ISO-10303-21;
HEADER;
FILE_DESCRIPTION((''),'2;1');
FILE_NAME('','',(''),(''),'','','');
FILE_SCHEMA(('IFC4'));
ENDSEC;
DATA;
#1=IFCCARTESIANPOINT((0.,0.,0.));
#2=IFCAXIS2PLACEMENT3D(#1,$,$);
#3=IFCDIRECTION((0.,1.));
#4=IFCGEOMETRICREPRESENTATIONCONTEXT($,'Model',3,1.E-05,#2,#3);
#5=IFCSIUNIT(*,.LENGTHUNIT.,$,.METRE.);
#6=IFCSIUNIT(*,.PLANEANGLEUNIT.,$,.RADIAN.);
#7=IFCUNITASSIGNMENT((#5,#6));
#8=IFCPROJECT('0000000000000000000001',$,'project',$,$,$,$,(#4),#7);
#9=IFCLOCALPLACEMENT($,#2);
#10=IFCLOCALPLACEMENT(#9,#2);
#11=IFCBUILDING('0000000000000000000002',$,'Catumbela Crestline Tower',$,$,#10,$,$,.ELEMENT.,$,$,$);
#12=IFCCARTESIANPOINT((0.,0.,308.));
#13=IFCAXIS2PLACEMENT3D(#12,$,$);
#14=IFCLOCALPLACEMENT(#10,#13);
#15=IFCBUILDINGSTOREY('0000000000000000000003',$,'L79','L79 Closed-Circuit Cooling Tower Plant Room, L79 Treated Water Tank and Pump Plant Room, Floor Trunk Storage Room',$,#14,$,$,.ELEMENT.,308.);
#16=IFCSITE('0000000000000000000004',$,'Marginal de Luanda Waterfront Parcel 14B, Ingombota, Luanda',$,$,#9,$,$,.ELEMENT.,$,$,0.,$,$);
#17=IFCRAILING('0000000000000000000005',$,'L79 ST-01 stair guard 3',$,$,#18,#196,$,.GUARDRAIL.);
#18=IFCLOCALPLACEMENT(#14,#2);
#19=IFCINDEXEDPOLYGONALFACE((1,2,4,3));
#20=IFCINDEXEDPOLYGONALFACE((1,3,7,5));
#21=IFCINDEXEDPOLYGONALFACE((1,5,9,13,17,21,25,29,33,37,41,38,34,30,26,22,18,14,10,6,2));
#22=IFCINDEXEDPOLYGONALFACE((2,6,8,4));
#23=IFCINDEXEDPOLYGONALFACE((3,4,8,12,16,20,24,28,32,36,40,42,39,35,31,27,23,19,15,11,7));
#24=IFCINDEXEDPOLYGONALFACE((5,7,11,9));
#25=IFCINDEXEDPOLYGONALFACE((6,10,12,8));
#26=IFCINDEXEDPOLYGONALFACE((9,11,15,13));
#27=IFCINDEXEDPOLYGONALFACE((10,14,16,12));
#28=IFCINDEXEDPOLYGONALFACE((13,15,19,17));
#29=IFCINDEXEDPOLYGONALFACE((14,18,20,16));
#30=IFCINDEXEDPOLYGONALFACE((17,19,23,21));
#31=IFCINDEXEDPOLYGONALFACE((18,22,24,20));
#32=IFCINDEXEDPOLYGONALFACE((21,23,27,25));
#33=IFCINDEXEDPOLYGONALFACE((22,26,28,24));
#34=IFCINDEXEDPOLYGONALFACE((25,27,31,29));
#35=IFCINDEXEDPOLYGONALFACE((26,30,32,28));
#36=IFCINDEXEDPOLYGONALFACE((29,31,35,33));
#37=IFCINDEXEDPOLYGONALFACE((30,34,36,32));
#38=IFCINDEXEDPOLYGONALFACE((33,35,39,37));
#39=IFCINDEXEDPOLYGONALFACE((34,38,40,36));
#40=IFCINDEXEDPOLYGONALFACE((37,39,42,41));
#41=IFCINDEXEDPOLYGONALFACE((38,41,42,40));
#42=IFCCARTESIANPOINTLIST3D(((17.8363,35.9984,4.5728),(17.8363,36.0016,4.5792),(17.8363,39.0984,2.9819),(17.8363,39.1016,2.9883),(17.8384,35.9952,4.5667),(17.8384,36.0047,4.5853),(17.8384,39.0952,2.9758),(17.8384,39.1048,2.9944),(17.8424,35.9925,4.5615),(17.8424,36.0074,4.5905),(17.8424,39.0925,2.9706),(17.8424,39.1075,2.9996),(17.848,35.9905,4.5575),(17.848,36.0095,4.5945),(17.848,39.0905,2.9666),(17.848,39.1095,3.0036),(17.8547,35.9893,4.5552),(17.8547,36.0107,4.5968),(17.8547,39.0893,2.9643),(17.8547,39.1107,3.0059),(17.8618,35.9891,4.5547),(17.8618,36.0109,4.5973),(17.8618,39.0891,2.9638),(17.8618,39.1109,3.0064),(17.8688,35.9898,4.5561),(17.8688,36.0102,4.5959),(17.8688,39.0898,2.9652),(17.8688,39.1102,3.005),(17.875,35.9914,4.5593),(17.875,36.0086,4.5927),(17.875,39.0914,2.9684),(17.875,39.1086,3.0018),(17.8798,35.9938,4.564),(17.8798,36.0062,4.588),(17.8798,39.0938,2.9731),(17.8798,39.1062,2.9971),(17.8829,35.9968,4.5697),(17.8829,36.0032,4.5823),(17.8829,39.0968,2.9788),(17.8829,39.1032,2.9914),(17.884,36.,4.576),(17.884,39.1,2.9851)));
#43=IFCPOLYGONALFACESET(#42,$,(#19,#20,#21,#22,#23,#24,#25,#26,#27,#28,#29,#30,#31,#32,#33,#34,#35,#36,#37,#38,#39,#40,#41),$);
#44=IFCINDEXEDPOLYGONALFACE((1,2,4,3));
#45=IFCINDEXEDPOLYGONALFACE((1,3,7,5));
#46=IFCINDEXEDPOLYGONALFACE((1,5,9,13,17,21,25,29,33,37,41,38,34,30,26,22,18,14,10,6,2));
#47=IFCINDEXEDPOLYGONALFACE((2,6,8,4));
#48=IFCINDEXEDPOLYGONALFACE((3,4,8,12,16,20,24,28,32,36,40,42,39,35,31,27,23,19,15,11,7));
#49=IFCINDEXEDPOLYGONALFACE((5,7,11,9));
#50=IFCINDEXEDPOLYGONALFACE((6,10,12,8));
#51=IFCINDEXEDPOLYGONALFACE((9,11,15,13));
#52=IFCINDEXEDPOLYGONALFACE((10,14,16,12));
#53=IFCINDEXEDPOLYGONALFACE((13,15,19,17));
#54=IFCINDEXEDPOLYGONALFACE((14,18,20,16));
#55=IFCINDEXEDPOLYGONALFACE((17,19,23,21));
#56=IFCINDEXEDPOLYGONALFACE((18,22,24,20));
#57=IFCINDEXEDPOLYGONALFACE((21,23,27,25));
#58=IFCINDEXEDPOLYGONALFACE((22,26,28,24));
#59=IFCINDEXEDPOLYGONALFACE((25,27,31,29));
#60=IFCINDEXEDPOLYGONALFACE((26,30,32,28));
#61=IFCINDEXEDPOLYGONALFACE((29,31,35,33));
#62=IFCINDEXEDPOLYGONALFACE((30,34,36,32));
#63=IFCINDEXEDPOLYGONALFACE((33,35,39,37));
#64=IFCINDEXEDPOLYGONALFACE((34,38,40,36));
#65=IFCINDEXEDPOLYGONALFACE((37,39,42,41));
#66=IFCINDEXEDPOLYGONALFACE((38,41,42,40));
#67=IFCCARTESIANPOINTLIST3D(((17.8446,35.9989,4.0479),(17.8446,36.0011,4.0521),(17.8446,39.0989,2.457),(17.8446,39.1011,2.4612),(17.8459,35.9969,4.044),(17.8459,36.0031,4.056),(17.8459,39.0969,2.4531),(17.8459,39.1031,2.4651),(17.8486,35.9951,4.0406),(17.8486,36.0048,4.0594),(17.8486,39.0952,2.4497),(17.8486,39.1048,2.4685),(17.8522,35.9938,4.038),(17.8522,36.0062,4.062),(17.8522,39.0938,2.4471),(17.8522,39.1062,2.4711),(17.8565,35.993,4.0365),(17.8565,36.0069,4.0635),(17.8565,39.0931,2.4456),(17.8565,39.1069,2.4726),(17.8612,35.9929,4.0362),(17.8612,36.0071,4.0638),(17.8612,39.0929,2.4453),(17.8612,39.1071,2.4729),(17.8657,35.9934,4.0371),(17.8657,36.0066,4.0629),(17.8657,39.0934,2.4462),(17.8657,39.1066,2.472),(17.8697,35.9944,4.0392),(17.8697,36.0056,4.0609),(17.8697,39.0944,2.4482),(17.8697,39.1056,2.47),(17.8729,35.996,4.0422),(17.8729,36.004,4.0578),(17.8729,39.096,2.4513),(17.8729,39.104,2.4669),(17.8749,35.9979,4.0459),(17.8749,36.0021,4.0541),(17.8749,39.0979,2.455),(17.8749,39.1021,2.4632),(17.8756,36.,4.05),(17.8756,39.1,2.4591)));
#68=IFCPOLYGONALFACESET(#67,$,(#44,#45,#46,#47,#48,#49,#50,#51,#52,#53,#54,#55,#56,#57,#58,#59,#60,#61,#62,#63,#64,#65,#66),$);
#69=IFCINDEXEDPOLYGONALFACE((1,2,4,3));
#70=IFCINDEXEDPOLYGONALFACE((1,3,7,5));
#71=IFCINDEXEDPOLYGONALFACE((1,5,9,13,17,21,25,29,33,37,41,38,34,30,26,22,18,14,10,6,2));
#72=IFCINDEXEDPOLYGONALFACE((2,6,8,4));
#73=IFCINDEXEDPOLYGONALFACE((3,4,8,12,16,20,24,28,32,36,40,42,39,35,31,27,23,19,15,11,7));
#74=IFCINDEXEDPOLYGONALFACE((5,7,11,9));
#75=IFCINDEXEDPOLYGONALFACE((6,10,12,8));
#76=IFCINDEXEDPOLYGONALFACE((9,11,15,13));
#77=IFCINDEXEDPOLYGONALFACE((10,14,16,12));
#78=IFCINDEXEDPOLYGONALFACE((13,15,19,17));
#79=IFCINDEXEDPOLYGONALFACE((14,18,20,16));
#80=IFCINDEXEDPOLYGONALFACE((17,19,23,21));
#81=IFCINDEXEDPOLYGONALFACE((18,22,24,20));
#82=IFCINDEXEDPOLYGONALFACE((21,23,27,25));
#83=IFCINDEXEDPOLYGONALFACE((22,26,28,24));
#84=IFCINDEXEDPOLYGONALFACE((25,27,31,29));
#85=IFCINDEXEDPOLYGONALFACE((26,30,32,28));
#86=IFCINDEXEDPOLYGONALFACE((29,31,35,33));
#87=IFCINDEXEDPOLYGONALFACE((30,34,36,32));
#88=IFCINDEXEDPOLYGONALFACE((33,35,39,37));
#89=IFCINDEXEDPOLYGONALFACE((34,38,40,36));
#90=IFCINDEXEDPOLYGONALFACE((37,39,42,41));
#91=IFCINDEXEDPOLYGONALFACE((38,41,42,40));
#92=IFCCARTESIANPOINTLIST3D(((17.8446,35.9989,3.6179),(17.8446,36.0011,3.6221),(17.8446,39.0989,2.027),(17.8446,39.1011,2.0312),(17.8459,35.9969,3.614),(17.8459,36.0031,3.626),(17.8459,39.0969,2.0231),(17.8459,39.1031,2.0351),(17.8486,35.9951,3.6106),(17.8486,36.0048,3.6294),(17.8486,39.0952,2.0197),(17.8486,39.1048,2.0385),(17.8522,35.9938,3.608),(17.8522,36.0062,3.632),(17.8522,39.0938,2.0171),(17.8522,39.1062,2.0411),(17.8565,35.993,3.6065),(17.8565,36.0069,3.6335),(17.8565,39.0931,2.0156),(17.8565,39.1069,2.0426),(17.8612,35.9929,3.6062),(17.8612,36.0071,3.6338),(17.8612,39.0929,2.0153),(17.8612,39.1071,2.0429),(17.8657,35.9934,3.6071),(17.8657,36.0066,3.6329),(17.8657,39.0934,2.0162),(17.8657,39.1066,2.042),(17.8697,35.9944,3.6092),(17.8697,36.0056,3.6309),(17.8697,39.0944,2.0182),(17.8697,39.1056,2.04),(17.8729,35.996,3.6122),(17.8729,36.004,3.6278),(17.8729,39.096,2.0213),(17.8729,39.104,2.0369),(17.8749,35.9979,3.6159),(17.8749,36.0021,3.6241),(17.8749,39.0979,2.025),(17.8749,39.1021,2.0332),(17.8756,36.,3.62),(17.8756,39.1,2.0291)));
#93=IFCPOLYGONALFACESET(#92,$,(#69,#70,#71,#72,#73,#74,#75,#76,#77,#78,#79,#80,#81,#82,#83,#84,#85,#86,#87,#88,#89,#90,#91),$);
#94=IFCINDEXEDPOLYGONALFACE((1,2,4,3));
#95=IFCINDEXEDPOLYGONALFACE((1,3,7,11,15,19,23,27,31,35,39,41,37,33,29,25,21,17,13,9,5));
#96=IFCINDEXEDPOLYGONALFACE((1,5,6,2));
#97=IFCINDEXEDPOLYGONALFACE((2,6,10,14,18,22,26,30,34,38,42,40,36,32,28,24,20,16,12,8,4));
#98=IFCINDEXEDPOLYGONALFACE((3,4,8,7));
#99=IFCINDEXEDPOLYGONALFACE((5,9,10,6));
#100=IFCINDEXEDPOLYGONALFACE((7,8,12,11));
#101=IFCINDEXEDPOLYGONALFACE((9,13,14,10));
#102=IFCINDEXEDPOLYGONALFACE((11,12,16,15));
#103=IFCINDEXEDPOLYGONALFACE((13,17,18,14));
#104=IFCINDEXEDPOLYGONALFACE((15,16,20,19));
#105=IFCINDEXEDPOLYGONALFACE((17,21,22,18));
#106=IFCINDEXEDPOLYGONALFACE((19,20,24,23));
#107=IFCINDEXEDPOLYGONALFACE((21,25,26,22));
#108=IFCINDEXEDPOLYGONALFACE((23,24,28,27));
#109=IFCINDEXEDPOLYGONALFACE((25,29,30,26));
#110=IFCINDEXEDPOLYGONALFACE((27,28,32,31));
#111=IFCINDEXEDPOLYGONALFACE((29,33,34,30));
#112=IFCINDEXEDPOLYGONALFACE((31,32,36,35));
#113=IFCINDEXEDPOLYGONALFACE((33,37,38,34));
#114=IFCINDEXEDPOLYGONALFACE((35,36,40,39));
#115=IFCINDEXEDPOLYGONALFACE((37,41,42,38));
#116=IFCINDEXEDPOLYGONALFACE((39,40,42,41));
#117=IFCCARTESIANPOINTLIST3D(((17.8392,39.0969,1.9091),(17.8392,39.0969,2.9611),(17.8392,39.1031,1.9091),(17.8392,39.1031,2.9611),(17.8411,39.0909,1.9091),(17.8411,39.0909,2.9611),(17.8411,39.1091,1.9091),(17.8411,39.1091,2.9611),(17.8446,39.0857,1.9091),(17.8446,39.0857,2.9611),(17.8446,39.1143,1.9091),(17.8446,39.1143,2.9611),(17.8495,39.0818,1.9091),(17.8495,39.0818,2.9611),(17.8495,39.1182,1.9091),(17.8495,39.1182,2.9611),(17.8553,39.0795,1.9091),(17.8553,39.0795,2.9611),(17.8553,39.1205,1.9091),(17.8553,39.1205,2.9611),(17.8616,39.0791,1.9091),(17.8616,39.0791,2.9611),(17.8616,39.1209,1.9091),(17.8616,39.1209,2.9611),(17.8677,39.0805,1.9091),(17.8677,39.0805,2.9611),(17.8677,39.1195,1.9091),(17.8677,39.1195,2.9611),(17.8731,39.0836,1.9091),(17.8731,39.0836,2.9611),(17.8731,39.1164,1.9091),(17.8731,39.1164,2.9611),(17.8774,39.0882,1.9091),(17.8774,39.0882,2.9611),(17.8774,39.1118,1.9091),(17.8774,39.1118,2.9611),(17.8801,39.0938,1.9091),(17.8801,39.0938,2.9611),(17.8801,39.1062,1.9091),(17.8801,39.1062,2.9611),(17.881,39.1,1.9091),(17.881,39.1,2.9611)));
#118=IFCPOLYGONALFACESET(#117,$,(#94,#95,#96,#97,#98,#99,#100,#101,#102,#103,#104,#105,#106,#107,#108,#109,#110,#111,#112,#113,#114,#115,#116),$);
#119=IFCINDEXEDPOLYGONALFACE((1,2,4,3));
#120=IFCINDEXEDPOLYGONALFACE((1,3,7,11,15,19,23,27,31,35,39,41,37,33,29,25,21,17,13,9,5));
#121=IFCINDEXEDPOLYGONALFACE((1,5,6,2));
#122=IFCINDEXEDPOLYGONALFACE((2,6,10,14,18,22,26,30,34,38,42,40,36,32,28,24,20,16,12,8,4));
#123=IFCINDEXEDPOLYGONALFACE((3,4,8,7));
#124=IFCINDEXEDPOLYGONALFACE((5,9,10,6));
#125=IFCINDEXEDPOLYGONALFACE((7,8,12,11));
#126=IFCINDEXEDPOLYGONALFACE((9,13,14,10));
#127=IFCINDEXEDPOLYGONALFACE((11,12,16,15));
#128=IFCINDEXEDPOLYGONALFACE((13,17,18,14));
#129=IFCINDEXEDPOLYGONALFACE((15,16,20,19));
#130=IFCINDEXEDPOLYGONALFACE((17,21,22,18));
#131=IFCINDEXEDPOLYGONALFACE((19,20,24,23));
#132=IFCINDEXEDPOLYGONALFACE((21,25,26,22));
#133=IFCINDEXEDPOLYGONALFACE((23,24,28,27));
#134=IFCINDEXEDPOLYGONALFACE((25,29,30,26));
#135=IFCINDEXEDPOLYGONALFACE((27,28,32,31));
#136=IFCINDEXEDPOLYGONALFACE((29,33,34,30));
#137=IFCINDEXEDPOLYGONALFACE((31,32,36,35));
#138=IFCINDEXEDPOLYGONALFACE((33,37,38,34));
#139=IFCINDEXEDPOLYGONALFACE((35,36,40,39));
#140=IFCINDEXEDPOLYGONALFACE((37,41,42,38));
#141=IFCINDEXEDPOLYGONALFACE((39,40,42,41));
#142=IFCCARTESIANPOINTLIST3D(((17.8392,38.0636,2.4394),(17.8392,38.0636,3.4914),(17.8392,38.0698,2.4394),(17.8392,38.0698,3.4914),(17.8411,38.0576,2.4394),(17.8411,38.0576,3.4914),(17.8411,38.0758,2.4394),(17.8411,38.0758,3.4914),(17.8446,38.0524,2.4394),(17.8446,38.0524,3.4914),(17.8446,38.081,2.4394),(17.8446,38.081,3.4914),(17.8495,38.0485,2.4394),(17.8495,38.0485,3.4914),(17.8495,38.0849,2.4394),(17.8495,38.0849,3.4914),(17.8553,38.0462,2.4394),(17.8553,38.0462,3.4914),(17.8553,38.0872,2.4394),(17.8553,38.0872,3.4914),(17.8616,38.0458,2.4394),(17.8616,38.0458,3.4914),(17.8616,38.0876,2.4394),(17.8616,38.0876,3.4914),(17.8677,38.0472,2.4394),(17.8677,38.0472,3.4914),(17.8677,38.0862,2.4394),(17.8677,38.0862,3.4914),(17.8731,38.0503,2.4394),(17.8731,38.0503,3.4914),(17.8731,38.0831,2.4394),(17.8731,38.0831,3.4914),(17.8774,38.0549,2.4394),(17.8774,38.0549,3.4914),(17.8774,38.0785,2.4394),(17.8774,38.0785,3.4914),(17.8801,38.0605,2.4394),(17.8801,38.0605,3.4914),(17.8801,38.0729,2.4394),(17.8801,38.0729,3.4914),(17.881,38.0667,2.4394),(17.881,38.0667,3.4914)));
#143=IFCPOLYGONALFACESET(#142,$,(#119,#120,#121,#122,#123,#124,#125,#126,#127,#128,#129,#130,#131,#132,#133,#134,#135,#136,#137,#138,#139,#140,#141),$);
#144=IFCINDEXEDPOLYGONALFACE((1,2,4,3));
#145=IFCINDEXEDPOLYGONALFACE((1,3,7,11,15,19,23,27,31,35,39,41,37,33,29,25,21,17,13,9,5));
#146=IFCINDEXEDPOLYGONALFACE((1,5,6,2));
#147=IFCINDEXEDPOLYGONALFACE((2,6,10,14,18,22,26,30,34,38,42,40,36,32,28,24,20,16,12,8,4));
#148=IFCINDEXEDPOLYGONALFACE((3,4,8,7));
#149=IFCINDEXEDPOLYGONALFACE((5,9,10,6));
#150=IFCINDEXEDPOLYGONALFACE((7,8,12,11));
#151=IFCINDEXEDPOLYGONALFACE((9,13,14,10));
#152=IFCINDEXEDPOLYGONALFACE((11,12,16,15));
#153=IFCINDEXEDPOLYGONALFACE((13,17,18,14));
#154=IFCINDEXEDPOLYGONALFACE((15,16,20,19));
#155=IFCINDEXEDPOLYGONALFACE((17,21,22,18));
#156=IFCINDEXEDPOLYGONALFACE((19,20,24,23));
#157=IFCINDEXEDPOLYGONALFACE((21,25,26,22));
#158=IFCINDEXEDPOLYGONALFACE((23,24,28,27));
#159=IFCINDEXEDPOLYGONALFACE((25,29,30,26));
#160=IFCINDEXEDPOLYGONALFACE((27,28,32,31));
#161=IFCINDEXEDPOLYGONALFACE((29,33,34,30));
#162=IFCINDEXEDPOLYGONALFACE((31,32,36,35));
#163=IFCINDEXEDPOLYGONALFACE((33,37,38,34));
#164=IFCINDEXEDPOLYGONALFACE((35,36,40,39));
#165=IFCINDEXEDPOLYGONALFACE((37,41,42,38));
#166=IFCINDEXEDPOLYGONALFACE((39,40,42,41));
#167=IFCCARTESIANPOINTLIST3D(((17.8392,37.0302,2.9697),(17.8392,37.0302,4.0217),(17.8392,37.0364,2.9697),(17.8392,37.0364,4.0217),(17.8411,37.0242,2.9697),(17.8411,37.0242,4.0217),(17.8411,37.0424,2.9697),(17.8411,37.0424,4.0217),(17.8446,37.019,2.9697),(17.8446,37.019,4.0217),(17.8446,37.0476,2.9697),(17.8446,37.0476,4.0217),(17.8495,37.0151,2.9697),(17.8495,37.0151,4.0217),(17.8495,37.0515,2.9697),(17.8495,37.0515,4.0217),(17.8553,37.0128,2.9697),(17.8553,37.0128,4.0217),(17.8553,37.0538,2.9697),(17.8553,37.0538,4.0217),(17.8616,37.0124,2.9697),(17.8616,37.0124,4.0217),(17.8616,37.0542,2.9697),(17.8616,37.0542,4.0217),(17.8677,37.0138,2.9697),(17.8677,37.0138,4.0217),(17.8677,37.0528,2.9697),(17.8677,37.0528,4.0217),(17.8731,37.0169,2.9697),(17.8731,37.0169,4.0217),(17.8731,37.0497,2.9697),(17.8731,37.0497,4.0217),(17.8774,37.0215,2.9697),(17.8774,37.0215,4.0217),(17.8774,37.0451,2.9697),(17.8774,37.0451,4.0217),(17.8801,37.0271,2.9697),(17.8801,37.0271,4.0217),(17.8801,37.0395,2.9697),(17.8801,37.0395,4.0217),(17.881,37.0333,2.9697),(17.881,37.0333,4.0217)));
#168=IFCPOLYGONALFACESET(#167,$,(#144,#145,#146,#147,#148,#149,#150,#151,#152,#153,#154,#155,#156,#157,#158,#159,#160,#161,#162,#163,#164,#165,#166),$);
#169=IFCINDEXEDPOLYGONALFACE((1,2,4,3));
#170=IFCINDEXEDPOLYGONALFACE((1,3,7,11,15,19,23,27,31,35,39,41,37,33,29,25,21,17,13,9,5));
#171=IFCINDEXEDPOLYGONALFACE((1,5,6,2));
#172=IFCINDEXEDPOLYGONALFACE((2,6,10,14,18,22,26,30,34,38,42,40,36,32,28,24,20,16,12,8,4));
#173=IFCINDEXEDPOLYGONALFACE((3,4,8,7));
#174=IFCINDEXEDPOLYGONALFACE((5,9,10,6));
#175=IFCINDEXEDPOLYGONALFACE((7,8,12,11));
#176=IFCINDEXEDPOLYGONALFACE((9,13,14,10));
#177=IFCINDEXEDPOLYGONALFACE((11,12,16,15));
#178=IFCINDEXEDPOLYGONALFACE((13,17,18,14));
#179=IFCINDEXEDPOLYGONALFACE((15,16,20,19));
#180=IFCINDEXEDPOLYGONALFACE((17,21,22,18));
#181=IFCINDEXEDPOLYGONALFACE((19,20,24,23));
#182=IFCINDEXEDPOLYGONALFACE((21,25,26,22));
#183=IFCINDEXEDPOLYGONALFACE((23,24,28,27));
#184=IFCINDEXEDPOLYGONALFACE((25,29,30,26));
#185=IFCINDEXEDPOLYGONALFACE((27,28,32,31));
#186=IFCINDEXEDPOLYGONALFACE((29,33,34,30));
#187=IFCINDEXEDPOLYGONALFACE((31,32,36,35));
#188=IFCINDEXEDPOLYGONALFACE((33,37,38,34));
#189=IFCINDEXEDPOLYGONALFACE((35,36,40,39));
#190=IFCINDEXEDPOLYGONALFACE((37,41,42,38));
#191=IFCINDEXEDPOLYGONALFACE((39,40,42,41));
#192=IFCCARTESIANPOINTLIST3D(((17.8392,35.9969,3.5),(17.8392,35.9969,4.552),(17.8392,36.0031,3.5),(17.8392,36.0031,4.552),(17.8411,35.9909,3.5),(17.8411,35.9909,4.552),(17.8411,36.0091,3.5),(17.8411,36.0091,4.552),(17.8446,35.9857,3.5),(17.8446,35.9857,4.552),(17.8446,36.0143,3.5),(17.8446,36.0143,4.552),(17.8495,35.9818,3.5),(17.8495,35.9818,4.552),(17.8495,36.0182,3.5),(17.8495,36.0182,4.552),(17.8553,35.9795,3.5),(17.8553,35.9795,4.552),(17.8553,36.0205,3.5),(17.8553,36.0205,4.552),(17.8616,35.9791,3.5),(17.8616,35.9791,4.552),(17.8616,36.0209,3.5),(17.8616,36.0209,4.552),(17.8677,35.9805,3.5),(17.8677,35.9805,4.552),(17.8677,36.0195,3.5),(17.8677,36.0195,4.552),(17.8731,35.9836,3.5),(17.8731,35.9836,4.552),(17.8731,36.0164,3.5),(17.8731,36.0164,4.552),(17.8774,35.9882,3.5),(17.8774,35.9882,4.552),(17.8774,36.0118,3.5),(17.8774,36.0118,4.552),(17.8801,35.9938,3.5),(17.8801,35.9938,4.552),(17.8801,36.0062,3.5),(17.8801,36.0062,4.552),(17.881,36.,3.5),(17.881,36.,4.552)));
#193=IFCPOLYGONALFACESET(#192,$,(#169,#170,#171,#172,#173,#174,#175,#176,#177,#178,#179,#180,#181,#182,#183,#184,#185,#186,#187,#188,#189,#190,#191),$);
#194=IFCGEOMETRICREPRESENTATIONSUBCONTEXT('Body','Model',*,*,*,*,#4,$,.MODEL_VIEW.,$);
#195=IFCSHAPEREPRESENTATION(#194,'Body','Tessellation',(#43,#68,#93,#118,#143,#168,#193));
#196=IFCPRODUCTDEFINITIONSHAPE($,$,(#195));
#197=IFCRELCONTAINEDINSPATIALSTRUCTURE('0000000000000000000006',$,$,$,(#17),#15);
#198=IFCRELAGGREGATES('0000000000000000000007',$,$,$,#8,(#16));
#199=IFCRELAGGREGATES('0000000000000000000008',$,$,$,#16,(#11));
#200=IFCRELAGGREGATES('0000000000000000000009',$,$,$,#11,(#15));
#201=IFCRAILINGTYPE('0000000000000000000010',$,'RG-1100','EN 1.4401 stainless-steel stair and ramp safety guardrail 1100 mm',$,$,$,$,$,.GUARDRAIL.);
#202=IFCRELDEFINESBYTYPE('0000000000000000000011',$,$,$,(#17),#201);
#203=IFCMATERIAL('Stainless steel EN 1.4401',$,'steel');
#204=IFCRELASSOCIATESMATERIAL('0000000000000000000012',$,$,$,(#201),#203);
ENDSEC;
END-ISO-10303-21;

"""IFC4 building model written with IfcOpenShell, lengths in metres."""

from ifc_helpers import new_model, si_unit, direction, frame, origin, origin_2d, place, context, subcontext, project, spatial, circle, extrude, material, type_object, element, save


model = new_model("IFC4")

# Units and contexts
model_context = context("Model", 3, precision=1e-05, world=origin(), true_north=direction((0.0, 1.0)))
body_context = subcontext(model_context, "Body", "Model", "MODEL_VIEW")
ifc_project = project(units=[si_unit("LENGTHUNIT", "METRE"), si_unit("PLANEANGLEUNIT", "RADIAN")], contexts=[model_context])

# Site, building, storey
site_placement = place(None, origin())
site = spatial("IfcSite", under=ifc_project, at=site_placement, Name="Marginal de Luanda Waterfront Parcel 14B, Ingombota, Luanda", CompositionType="ELEMENT", RefElevation=0.0)
building_placement = place(site_placement, origin())
building = spatial("IfcBuilding", under=site, at=building_placement, Name="Catumbela Crestline Tower", CompositionType="ELEMENT")
storey_placement = place(building_placement, frame((0.0, 0.0, 308.0)))
storey = spatial("IfcBuildingStorey", under=building, at=storey_placement, Name="L79", Description="L79 Closed-Circuit Cooling Tower Plant Room, L79 Treated Water Tank and Pump Plant Room, Floor Trunk Storage Room", CompositionType="ELEMENT", Elevation=308.0)

# Shared definitions
ifc_material_1 = material(Name="Stainless steel EN 1.4401", Category="steel")

# Railing
railing_type_1 = type_object("IfcRailingType", Name="RG-1100", Description="EN 1.4401 stainless-steel stair and ramp safety guardrail 1100 mm", PredefinedType="GUARDRAIL", material=ifc_material_1)
railing_1_placement = place(storey_placement, frame((17.86, 39.1, 1.9091)))
element("IfcRailing", 1, at=railing_1_placement, inside=storey, type_object=railing_type_1, Name="L79 ST-01 stair guard 3", PredefinedType="GUARDRAIL", context=body_context, shape_type="SweptSolid", body=[
    extrude(circle(Radius=0.024, at=origin_2d()), frame((0.0, 0.0, 1.076), z_axis=(0.0, -0.889683, 0.456579), x_axis=(1.0, 0.0, 0.0)), (0.0, 0.0, 1.0), 3.4844),
    extrude(circle(Radius=0.0156, at=origin_2d()), frame((0.0, 0.0, 0.55), z_axis=(0.0, -0.889683, 0.456579), x_axis=(1.0, 0.0, 0.0)), (0.0, 0.0, 1.0), 3.4844),
    extrude(circle(Radius=0.0156, at=origin_2d()), frame((0.0, 0.0, 0.12), z_axis=(0.0, -0.889683, 0.456579), x_axis=(1.0, 0.0, 0.0)), (0.0, 0.0, 1.0), 3.4844),
    extrude(circle(Radius=0.021, at=origin_2d()), origin(), (0.0, 0.0, 1.0), 1.052),
    extrude(circle(Radius=0.021, at=origin_2d()), frame((0.0, -1.0333, 0.5303)), (0.0, 0.0, 1.0), 1.052),
    extrude(circle(Radius=0.021, at=origin_2d()), frame((0.0, -2.0667, 1.0606)), (0.0, 0.0, 1.0), 1.052),
    extrude(circle(Radius=0.021, at=origin_2d()), frame((0.0, -3.1, 1.5909)), (0.0, 0.0, 1.0), 1.052),
])

save(model, "model.ifc")
